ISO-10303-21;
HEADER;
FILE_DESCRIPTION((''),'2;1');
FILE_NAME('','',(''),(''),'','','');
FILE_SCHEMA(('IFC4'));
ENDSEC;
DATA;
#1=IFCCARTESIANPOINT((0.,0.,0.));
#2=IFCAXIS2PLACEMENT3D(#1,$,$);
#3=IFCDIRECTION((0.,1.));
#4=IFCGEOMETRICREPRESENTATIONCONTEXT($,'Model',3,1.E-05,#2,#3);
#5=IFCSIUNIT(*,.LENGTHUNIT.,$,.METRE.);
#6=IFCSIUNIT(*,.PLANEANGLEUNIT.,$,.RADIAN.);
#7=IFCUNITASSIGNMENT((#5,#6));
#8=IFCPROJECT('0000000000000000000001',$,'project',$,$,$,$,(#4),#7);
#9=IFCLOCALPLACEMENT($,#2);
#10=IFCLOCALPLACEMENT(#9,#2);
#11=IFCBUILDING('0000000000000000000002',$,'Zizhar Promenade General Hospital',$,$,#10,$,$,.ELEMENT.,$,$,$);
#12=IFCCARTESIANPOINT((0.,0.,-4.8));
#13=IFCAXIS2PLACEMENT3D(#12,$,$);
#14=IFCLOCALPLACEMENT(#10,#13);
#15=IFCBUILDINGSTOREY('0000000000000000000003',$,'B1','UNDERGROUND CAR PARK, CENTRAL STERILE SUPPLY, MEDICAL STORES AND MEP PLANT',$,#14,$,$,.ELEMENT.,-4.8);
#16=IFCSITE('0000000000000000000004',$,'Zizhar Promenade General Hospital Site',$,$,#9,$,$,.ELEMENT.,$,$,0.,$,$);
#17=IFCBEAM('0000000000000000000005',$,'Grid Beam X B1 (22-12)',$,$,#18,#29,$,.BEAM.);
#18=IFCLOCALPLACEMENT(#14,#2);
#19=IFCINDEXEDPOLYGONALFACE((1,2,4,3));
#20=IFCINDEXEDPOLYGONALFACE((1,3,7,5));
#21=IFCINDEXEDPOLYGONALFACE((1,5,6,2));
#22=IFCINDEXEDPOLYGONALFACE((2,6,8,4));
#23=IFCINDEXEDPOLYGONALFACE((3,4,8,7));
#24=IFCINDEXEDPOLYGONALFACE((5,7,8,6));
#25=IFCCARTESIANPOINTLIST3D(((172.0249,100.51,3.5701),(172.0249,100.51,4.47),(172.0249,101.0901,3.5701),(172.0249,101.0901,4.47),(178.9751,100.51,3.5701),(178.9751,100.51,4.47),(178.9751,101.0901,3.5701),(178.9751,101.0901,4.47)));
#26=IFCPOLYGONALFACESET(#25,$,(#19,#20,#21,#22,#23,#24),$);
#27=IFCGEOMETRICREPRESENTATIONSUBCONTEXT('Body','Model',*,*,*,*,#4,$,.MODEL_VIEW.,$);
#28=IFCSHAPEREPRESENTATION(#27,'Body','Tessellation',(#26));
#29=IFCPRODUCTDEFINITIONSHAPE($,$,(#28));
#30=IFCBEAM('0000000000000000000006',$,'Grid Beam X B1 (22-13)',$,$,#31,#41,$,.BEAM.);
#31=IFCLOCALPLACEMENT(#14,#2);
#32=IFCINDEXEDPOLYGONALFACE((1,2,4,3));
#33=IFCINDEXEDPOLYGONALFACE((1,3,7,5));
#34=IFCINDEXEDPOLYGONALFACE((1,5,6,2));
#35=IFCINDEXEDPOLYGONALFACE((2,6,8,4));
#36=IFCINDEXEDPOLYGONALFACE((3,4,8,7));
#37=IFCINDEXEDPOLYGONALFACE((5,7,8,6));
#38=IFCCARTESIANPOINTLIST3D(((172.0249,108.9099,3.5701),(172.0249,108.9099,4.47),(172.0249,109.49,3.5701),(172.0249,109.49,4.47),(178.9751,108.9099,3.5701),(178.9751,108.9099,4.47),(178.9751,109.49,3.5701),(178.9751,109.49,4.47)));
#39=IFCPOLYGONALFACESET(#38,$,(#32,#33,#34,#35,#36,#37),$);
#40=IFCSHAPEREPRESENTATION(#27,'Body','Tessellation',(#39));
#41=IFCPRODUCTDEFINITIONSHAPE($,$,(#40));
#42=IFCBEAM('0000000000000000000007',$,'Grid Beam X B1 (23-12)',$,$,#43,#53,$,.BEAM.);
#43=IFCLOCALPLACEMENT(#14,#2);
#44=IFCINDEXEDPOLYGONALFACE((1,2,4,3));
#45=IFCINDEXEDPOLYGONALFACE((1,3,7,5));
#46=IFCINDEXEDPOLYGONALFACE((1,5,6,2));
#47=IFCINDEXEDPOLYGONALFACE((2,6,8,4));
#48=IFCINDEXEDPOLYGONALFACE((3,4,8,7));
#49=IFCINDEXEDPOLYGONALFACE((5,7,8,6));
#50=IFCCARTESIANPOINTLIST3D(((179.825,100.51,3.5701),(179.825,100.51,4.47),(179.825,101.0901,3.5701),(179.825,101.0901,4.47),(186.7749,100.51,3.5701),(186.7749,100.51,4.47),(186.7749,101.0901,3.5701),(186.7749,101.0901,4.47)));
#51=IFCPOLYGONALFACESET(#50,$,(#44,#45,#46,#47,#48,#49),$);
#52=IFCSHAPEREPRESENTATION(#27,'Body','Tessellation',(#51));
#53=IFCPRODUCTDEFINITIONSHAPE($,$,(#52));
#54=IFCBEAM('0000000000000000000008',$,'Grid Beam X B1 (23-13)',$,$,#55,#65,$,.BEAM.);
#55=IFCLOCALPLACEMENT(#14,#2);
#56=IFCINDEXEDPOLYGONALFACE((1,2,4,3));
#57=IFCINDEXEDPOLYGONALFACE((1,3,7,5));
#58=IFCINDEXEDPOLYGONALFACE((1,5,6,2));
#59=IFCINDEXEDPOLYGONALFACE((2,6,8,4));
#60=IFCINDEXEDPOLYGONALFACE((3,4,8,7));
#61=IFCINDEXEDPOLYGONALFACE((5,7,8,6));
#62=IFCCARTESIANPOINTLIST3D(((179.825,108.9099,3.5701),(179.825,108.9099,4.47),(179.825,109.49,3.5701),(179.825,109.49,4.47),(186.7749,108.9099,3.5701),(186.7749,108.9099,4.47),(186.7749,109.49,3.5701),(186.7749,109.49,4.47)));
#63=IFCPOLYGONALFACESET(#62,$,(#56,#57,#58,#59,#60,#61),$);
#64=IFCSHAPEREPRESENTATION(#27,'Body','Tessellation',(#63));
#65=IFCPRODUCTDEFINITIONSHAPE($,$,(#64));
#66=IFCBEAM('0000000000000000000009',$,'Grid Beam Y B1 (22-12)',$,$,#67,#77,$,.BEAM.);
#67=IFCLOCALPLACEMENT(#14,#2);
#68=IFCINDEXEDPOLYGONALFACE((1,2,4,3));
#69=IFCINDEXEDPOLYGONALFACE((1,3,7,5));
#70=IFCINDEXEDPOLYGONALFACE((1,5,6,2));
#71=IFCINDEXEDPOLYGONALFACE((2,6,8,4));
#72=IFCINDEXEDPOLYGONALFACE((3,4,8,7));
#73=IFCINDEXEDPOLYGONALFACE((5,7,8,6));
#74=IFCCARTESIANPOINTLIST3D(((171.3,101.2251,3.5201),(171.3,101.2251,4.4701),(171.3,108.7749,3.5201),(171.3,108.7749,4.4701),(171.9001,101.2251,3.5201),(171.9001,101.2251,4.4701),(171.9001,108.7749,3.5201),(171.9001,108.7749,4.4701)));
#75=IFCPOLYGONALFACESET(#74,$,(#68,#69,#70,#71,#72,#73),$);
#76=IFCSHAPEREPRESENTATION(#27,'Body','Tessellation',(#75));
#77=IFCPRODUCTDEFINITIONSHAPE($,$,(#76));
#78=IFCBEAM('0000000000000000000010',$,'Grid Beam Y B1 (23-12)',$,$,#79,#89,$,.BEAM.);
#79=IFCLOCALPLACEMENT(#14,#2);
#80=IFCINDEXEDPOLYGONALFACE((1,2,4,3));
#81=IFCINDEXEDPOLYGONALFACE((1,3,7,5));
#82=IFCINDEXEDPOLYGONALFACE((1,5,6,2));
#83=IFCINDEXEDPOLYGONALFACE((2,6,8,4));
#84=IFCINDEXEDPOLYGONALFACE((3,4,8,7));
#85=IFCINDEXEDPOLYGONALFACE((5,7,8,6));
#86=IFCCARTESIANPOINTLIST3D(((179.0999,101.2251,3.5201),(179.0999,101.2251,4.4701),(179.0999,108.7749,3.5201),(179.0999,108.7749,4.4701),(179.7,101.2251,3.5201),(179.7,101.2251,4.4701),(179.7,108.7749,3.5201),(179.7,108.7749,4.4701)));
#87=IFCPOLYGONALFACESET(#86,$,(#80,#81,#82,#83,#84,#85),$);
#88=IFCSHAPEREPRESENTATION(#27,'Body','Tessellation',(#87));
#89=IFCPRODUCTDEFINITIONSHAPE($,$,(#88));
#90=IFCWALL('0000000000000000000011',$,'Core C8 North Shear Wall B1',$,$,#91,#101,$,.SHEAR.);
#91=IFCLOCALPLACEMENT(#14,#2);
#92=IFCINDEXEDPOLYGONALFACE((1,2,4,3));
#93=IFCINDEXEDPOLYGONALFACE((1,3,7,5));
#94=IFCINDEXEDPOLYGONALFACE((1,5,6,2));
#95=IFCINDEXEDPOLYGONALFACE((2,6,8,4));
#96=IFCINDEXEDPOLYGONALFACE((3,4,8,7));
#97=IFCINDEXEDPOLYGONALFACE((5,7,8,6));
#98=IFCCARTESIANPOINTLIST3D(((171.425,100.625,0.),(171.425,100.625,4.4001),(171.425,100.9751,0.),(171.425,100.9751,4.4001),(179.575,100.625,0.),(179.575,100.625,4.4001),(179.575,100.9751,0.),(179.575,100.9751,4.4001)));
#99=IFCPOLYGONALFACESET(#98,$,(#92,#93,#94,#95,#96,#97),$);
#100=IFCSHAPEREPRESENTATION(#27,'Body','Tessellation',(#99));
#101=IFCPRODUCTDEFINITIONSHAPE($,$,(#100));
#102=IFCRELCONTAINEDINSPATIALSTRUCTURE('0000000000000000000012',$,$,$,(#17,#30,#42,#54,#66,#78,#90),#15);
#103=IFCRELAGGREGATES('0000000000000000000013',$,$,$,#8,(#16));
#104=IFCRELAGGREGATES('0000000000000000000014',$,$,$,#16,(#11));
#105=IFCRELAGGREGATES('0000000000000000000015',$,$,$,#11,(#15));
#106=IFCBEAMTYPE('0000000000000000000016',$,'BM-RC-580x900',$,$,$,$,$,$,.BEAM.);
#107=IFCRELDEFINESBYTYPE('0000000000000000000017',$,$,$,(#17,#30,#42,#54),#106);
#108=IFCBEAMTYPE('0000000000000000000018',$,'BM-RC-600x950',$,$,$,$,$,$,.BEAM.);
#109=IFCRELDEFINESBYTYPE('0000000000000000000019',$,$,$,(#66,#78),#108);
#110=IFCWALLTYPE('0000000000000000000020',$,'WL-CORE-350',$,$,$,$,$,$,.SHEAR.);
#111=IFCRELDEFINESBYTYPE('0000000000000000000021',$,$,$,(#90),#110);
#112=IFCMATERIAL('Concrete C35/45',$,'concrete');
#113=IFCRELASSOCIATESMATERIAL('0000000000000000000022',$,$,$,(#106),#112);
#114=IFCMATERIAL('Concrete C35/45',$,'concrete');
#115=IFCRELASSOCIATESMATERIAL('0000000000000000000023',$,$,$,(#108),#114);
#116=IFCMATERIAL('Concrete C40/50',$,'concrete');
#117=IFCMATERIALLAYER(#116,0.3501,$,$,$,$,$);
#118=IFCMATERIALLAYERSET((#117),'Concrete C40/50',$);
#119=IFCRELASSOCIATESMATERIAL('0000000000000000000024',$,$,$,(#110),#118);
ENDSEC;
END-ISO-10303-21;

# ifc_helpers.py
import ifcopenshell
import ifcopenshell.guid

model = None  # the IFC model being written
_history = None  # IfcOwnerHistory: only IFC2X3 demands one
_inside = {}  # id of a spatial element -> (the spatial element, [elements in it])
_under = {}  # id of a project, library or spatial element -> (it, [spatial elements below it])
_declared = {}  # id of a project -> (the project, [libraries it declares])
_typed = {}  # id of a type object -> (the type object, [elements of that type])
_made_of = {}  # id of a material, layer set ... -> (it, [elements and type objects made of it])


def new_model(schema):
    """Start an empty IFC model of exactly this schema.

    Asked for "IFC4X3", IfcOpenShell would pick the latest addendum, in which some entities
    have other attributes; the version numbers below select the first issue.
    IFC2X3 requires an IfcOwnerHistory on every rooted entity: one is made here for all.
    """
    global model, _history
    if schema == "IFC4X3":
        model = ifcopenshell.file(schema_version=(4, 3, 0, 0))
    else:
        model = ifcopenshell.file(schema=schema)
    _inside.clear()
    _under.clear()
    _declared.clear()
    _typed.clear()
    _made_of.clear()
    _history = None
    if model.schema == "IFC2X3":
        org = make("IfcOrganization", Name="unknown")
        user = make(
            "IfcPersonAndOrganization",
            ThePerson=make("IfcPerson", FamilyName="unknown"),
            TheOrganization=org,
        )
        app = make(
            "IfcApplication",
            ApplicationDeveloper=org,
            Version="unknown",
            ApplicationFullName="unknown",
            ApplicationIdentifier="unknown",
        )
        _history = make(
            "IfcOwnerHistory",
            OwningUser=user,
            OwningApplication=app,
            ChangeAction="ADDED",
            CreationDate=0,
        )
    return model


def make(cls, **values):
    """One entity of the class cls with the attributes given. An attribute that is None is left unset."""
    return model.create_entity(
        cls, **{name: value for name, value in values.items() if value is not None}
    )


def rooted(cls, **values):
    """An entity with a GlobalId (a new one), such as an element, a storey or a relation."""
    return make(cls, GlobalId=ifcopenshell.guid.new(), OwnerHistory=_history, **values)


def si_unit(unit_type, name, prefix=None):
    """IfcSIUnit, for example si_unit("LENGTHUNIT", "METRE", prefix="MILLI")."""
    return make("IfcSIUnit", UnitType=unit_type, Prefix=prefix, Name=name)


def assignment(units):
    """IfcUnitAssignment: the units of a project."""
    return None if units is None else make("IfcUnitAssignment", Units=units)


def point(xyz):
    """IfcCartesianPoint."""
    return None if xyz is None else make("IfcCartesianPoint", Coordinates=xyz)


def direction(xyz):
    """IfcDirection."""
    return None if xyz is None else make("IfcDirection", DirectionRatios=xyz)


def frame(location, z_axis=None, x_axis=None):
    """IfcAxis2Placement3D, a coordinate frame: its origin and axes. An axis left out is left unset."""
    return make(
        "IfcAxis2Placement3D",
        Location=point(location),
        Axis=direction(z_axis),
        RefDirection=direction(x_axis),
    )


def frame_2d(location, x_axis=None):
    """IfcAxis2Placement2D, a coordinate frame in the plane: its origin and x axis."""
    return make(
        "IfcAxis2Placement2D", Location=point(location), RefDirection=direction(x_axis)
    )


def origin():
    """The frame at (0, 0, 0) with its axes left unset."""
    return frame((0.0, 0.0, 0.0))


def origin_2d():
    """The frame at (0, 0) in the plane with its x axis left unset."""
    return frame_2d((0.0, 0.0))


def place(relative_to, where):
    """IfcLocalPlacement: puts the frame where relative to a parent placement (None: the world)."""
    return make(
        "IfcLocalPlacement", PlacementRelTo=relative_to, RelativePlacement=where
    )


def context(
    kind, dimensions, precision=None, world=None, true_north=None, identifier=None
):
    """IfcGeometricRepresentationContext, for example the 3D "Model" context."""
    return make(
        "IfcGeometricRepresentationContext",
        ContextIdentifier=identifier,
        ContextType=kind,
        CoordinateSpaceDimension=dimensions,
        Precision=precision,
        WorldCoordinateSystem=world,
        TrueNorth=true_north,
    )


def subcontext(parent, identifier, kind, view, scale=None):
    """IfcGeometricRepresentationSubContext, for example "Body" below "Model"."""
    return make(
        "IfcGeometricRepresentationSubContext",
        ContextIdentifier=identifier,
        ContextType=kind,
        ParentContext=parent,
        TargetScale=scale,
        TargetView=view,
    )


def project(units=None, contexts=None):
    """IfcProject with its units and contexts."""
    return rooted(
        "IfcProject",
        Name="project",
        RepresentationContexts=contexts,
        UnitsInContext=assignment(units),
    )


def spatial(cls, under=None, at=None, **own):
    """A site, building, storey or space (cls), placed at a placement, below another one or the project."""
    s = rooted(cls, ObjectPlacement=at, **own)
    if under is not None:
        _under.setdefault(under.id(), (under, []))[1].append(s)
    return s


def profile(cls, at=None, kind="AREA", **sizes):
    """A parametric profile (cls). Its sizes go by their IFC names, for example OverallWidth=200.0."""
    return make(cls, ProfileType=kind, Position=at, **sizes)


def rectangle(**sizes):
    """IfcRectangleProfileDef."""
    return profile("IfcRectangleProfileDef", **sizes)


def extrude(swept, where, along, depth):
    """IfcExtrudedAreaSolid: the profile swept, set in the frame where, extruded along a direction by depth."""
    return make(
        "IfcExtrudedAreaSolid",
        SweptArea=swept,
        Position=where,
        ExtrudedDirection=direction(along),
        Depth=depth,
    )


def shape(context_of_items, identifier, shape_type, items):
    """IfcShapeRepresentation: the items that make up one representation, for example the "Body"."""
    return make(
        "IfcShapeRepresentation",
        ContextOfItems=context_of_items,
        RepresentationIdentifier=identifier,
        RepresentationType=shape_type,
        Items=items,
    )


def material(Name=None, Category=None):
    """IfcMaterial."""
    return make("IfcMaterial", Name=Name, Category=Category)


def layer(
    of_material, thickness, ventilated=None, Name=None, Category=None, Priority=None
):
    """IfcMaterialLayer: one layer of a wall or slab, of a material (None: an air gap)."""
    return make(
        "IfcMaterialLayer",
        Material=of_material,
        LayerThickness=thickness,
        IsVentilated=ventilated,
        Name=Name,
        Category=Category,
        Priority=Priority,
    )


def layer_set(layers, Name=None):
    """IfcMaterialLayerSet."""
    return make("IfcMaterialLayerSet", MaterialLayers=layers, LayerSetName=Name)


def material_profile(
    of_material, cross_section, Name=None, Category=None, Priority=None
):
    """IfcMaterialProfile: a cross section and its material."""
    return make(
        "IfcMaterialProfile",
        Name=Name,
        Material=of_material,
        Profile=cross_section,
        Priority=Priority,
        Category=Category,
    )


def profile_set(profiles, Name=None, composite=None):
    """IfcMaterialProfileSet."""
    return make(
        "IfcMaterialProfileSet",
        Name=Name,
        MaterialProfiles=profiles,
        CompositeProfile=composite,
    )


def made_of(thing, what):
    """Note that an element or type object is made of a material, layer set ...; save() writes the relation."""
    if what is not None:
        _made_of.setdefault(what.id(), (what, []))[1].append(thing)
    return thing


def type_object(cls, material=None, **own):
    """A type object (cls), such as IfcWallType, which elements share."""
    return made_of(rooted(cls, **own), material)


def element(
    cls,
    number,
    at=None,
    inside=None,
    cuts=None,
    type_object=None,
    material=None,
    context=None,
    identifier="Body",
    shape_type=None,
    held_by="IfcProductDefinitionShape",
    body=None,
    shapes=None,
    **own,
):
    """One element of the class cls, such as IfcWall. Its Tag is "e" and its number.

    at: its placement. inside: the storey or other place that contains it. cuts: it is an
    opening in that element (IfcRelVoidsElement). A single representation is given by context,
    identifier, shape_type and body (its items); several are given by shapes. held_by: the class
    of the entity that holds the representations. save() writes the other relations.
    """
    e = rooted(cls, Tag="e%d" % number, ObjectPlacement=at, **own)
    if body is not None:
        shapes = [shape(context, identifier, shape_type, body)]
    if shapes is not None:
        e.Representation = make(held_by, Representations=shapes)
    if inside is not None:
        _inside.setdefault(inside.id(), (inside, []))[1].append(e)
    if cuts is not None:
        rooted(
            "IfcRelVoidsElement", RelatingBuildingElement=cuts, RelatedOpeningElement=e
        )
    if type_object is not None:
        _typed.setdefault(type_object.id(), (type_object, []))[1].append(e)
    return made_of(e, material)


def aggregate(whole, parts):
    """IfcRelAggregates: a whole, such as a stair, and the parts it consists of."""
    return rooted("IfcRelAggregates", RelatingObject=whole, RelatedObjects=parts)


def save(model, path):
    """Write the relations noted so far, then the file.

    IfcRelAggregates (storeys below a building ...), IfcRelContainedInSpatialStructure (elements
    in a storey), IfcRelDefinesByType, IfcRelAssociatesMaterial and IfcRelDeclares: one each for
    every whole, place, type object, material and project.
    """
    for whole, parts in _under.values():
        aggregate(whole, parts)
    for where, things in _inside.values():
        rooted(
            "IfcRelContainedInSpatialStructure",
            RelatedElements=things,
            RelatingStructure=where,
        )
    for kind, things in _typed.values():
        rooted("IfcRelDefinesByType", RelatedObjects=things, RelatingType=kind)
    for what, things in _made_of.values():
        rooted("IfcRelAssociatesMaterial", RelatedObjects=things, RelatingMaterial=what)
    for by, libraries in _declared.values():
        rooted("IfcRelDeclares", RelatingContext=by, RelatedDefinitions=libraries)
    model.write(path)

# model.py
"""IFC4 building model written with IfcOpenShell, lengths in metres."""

from ifc_helpers import new_model, si_unit, direction, frame, frame_2d, origin, origin_2d, place, context, subcontext, project, spatial, rectangle, extrude, material, layer, layer_set, material_profile, profile_set, type_object, element, save


model = new_model("IFC4")

# Units and contexts
model_context = context("Model", 3, precision=1e-05, world=origin(), true_north=direction((0.0, 1.0)))
body_context = subcontext(model_context, "Body", "Model", "MODEL_VIEW")
ifc_project = project(units=[si_unit("LENGTHUNIT", "METRE"), si_unit("PLANEANGLEUNIT", "RADIAN")], contexts=[model_context])

# Site, building, storey
site_placement = place(None, origin())
site = spatial("IfcSite", under=ifc_project, at=site_placement, Name="Zizhar Promenade General Hospital Site", CompositionType="ELEMENT", RefElevation=0.0)
building_placement = place(site_placement, origin())
building = spatial("IfcBuilding", under=site, at=building_placement, Name="Zizhar Promenade General Hospital", CompositionType="ELEMENT")
storey_placement = place(building_placement, frame((0.0, 0.0, -4.8)))
storey = spatial("IfcBuildingStorey", under=building, at=storey_placement, Name="B1", Description="UNDERGROUND CAR PARK, CENTRAL STERILE SUPPLY, MEDICAL STORES AND MEP PLANT", CompositionType="ELEMENT", Elevation=-4.8)

# Beams
ifc_material_1 = material(Name="Concrete C35/45", Category="concrete")
ifc_material_profile_1 = material_profile(ifc_material_1, rectangle(XDim=0.5801, YDim=0.8999, at=origin_2d()))
ifc_profile_set_1 = profile_set([ifc_material_profile_1], Name="Concrete C35/45")
beam_type_1 = type_object("IfcBeamType", Name="BM-RC-580x900", PredefinedType="BEAM", material=ifc_profile_set_1)
for number, where, z_axis, x_axis, name in (
    (1, (172.0249, 100.8, 4.02), (1.0, 0.0, 0.0), (0.0, 1.0, 0.0), "Grid Beam X B1 (22-12)"),
    (2, (172.0249, 109.2, 4.02), (1.0, 0.0, 0.0), (0.0, 1.0, 0.0), "Grid Beam X B1 (22-13)"),
):
    element("IfcBeam", number, at=place(storey_placement, frame(where, z_axis=z_axis, x_axis=x_axis)), inside=storey, type_object=beam_type_1, Name=name, PredefinedType="BEAM", context=body_context, shape_type="SweptSolid", body=[
        extrude(rectangle(XDim=0.5801, YDim=0.8999, at=origin_2d()), origin(), (0.0, 0.0, 1.0), 6.9502),
    ])
for number, where, z_axis, x_axis, name in (
    (3, (179.825, 100.8, 4.02), (1.0, 0.0, 0.0), (0.0, 1.0, 0.0), "Grid Beam X B1 (23-12)"),
    (4, (179.825, 109.2, 4.02), (1.0, 0.0, 0.0), (0.0, 1.0, 0.0), "Grid Beam X B1 (23-13)"),
):
    element("IfcBeam", number, at=place(storey_placement, frame(where, z_axis=z_axis, x_axis=x_axis)), inside=storey, type_object=beam_type_1, Name=name, PredefinedType="BEAM", context=body_context, shape_type="SweptSolid", body=[
        extrude(rectangle(XDim=0.5801, YDim=0.8999, at=origin_2d()), origin(), (0.0, 0.0, 1.0), 6.95),
    ])
ifc_material_2 = material(Name="Concrete C35/45", Category="concrete")
ifc_material_profile_2 = material_profile(ifc_material_2, rectangle(XDim=0.6001, YDim=0.95, at=origin_2d()))
ifc_profile_set_2 = profile_set([ifc_material_profile_2], Name="Concrete C35/45")
beam_type_2 = type_object("IfcBeamType", Name="BM-RC-600x950", PredefinedType="BEAM", material=ifc_profile_set_2)
for number, where, z_axis, x_axis, name in (
    (5, (171.6001, 101.2251, 3.9951), (0.0, 1.0, 0.0), (-1.0, 0.0, 0.0), "Grid Beam Y B1 (22-12)"),
    (6, (179.3999, 101.2251, 3.9951), (0.0, 1.0, 0.0), (-1.0, 0.0, 0.0), "Grid Beam Y B1 (23-12)"),
):
    element("IfcBeam", number, at=place(storey_placement, frame(where, z_axis=z_axis, x_axis=x_axis)), inside=storey, type_object=beam_type_2, Name=name, PredefinedType="BEAM", context=body_context, shape_type="SweptSolid", body=[
        extrude(rectangle(XDim=0.6001, YDim=0.95, at=origin_2d()), origin(), (0.0, 0.0, 1.0), 7.5498),
    ])

# Wall
ifc_material_3 = material(Name="Concrete C40/50", Category="concrete")
ifc_layer = layer(ifc_material_3, 0.3501)
ifc_layer_set = layer_set([ifc_layer], Name="Concrete C40/50")
wall_type = type_object("IfcWallType", Name="WL-CORE-350", PredefinedType="SHEAR", material=ifc_layer_set)
wall_placement = place(storey_placement, frame((171.425, 100.8, 0.0), z_axis=(0.0, 0.0, 1.0), x_axis=(1.0, 0.0, 0.0)))
element("IfcWall", 7, at=wall_placement, inside=storey, type_object=wall_type, Name="Core C8 North Shear Wall B1", PredefinedType="SHEAR", context=body_context, shape_type="SweptSolid", body=[
    extrude(rectangle(XDim=8.1499, YDim=0.3501, at=frame_2d((4.075, 0.0))), origin(), (0.0, 0.0, 1.0), 4.4001),
])

save(model, "model.ifc")
